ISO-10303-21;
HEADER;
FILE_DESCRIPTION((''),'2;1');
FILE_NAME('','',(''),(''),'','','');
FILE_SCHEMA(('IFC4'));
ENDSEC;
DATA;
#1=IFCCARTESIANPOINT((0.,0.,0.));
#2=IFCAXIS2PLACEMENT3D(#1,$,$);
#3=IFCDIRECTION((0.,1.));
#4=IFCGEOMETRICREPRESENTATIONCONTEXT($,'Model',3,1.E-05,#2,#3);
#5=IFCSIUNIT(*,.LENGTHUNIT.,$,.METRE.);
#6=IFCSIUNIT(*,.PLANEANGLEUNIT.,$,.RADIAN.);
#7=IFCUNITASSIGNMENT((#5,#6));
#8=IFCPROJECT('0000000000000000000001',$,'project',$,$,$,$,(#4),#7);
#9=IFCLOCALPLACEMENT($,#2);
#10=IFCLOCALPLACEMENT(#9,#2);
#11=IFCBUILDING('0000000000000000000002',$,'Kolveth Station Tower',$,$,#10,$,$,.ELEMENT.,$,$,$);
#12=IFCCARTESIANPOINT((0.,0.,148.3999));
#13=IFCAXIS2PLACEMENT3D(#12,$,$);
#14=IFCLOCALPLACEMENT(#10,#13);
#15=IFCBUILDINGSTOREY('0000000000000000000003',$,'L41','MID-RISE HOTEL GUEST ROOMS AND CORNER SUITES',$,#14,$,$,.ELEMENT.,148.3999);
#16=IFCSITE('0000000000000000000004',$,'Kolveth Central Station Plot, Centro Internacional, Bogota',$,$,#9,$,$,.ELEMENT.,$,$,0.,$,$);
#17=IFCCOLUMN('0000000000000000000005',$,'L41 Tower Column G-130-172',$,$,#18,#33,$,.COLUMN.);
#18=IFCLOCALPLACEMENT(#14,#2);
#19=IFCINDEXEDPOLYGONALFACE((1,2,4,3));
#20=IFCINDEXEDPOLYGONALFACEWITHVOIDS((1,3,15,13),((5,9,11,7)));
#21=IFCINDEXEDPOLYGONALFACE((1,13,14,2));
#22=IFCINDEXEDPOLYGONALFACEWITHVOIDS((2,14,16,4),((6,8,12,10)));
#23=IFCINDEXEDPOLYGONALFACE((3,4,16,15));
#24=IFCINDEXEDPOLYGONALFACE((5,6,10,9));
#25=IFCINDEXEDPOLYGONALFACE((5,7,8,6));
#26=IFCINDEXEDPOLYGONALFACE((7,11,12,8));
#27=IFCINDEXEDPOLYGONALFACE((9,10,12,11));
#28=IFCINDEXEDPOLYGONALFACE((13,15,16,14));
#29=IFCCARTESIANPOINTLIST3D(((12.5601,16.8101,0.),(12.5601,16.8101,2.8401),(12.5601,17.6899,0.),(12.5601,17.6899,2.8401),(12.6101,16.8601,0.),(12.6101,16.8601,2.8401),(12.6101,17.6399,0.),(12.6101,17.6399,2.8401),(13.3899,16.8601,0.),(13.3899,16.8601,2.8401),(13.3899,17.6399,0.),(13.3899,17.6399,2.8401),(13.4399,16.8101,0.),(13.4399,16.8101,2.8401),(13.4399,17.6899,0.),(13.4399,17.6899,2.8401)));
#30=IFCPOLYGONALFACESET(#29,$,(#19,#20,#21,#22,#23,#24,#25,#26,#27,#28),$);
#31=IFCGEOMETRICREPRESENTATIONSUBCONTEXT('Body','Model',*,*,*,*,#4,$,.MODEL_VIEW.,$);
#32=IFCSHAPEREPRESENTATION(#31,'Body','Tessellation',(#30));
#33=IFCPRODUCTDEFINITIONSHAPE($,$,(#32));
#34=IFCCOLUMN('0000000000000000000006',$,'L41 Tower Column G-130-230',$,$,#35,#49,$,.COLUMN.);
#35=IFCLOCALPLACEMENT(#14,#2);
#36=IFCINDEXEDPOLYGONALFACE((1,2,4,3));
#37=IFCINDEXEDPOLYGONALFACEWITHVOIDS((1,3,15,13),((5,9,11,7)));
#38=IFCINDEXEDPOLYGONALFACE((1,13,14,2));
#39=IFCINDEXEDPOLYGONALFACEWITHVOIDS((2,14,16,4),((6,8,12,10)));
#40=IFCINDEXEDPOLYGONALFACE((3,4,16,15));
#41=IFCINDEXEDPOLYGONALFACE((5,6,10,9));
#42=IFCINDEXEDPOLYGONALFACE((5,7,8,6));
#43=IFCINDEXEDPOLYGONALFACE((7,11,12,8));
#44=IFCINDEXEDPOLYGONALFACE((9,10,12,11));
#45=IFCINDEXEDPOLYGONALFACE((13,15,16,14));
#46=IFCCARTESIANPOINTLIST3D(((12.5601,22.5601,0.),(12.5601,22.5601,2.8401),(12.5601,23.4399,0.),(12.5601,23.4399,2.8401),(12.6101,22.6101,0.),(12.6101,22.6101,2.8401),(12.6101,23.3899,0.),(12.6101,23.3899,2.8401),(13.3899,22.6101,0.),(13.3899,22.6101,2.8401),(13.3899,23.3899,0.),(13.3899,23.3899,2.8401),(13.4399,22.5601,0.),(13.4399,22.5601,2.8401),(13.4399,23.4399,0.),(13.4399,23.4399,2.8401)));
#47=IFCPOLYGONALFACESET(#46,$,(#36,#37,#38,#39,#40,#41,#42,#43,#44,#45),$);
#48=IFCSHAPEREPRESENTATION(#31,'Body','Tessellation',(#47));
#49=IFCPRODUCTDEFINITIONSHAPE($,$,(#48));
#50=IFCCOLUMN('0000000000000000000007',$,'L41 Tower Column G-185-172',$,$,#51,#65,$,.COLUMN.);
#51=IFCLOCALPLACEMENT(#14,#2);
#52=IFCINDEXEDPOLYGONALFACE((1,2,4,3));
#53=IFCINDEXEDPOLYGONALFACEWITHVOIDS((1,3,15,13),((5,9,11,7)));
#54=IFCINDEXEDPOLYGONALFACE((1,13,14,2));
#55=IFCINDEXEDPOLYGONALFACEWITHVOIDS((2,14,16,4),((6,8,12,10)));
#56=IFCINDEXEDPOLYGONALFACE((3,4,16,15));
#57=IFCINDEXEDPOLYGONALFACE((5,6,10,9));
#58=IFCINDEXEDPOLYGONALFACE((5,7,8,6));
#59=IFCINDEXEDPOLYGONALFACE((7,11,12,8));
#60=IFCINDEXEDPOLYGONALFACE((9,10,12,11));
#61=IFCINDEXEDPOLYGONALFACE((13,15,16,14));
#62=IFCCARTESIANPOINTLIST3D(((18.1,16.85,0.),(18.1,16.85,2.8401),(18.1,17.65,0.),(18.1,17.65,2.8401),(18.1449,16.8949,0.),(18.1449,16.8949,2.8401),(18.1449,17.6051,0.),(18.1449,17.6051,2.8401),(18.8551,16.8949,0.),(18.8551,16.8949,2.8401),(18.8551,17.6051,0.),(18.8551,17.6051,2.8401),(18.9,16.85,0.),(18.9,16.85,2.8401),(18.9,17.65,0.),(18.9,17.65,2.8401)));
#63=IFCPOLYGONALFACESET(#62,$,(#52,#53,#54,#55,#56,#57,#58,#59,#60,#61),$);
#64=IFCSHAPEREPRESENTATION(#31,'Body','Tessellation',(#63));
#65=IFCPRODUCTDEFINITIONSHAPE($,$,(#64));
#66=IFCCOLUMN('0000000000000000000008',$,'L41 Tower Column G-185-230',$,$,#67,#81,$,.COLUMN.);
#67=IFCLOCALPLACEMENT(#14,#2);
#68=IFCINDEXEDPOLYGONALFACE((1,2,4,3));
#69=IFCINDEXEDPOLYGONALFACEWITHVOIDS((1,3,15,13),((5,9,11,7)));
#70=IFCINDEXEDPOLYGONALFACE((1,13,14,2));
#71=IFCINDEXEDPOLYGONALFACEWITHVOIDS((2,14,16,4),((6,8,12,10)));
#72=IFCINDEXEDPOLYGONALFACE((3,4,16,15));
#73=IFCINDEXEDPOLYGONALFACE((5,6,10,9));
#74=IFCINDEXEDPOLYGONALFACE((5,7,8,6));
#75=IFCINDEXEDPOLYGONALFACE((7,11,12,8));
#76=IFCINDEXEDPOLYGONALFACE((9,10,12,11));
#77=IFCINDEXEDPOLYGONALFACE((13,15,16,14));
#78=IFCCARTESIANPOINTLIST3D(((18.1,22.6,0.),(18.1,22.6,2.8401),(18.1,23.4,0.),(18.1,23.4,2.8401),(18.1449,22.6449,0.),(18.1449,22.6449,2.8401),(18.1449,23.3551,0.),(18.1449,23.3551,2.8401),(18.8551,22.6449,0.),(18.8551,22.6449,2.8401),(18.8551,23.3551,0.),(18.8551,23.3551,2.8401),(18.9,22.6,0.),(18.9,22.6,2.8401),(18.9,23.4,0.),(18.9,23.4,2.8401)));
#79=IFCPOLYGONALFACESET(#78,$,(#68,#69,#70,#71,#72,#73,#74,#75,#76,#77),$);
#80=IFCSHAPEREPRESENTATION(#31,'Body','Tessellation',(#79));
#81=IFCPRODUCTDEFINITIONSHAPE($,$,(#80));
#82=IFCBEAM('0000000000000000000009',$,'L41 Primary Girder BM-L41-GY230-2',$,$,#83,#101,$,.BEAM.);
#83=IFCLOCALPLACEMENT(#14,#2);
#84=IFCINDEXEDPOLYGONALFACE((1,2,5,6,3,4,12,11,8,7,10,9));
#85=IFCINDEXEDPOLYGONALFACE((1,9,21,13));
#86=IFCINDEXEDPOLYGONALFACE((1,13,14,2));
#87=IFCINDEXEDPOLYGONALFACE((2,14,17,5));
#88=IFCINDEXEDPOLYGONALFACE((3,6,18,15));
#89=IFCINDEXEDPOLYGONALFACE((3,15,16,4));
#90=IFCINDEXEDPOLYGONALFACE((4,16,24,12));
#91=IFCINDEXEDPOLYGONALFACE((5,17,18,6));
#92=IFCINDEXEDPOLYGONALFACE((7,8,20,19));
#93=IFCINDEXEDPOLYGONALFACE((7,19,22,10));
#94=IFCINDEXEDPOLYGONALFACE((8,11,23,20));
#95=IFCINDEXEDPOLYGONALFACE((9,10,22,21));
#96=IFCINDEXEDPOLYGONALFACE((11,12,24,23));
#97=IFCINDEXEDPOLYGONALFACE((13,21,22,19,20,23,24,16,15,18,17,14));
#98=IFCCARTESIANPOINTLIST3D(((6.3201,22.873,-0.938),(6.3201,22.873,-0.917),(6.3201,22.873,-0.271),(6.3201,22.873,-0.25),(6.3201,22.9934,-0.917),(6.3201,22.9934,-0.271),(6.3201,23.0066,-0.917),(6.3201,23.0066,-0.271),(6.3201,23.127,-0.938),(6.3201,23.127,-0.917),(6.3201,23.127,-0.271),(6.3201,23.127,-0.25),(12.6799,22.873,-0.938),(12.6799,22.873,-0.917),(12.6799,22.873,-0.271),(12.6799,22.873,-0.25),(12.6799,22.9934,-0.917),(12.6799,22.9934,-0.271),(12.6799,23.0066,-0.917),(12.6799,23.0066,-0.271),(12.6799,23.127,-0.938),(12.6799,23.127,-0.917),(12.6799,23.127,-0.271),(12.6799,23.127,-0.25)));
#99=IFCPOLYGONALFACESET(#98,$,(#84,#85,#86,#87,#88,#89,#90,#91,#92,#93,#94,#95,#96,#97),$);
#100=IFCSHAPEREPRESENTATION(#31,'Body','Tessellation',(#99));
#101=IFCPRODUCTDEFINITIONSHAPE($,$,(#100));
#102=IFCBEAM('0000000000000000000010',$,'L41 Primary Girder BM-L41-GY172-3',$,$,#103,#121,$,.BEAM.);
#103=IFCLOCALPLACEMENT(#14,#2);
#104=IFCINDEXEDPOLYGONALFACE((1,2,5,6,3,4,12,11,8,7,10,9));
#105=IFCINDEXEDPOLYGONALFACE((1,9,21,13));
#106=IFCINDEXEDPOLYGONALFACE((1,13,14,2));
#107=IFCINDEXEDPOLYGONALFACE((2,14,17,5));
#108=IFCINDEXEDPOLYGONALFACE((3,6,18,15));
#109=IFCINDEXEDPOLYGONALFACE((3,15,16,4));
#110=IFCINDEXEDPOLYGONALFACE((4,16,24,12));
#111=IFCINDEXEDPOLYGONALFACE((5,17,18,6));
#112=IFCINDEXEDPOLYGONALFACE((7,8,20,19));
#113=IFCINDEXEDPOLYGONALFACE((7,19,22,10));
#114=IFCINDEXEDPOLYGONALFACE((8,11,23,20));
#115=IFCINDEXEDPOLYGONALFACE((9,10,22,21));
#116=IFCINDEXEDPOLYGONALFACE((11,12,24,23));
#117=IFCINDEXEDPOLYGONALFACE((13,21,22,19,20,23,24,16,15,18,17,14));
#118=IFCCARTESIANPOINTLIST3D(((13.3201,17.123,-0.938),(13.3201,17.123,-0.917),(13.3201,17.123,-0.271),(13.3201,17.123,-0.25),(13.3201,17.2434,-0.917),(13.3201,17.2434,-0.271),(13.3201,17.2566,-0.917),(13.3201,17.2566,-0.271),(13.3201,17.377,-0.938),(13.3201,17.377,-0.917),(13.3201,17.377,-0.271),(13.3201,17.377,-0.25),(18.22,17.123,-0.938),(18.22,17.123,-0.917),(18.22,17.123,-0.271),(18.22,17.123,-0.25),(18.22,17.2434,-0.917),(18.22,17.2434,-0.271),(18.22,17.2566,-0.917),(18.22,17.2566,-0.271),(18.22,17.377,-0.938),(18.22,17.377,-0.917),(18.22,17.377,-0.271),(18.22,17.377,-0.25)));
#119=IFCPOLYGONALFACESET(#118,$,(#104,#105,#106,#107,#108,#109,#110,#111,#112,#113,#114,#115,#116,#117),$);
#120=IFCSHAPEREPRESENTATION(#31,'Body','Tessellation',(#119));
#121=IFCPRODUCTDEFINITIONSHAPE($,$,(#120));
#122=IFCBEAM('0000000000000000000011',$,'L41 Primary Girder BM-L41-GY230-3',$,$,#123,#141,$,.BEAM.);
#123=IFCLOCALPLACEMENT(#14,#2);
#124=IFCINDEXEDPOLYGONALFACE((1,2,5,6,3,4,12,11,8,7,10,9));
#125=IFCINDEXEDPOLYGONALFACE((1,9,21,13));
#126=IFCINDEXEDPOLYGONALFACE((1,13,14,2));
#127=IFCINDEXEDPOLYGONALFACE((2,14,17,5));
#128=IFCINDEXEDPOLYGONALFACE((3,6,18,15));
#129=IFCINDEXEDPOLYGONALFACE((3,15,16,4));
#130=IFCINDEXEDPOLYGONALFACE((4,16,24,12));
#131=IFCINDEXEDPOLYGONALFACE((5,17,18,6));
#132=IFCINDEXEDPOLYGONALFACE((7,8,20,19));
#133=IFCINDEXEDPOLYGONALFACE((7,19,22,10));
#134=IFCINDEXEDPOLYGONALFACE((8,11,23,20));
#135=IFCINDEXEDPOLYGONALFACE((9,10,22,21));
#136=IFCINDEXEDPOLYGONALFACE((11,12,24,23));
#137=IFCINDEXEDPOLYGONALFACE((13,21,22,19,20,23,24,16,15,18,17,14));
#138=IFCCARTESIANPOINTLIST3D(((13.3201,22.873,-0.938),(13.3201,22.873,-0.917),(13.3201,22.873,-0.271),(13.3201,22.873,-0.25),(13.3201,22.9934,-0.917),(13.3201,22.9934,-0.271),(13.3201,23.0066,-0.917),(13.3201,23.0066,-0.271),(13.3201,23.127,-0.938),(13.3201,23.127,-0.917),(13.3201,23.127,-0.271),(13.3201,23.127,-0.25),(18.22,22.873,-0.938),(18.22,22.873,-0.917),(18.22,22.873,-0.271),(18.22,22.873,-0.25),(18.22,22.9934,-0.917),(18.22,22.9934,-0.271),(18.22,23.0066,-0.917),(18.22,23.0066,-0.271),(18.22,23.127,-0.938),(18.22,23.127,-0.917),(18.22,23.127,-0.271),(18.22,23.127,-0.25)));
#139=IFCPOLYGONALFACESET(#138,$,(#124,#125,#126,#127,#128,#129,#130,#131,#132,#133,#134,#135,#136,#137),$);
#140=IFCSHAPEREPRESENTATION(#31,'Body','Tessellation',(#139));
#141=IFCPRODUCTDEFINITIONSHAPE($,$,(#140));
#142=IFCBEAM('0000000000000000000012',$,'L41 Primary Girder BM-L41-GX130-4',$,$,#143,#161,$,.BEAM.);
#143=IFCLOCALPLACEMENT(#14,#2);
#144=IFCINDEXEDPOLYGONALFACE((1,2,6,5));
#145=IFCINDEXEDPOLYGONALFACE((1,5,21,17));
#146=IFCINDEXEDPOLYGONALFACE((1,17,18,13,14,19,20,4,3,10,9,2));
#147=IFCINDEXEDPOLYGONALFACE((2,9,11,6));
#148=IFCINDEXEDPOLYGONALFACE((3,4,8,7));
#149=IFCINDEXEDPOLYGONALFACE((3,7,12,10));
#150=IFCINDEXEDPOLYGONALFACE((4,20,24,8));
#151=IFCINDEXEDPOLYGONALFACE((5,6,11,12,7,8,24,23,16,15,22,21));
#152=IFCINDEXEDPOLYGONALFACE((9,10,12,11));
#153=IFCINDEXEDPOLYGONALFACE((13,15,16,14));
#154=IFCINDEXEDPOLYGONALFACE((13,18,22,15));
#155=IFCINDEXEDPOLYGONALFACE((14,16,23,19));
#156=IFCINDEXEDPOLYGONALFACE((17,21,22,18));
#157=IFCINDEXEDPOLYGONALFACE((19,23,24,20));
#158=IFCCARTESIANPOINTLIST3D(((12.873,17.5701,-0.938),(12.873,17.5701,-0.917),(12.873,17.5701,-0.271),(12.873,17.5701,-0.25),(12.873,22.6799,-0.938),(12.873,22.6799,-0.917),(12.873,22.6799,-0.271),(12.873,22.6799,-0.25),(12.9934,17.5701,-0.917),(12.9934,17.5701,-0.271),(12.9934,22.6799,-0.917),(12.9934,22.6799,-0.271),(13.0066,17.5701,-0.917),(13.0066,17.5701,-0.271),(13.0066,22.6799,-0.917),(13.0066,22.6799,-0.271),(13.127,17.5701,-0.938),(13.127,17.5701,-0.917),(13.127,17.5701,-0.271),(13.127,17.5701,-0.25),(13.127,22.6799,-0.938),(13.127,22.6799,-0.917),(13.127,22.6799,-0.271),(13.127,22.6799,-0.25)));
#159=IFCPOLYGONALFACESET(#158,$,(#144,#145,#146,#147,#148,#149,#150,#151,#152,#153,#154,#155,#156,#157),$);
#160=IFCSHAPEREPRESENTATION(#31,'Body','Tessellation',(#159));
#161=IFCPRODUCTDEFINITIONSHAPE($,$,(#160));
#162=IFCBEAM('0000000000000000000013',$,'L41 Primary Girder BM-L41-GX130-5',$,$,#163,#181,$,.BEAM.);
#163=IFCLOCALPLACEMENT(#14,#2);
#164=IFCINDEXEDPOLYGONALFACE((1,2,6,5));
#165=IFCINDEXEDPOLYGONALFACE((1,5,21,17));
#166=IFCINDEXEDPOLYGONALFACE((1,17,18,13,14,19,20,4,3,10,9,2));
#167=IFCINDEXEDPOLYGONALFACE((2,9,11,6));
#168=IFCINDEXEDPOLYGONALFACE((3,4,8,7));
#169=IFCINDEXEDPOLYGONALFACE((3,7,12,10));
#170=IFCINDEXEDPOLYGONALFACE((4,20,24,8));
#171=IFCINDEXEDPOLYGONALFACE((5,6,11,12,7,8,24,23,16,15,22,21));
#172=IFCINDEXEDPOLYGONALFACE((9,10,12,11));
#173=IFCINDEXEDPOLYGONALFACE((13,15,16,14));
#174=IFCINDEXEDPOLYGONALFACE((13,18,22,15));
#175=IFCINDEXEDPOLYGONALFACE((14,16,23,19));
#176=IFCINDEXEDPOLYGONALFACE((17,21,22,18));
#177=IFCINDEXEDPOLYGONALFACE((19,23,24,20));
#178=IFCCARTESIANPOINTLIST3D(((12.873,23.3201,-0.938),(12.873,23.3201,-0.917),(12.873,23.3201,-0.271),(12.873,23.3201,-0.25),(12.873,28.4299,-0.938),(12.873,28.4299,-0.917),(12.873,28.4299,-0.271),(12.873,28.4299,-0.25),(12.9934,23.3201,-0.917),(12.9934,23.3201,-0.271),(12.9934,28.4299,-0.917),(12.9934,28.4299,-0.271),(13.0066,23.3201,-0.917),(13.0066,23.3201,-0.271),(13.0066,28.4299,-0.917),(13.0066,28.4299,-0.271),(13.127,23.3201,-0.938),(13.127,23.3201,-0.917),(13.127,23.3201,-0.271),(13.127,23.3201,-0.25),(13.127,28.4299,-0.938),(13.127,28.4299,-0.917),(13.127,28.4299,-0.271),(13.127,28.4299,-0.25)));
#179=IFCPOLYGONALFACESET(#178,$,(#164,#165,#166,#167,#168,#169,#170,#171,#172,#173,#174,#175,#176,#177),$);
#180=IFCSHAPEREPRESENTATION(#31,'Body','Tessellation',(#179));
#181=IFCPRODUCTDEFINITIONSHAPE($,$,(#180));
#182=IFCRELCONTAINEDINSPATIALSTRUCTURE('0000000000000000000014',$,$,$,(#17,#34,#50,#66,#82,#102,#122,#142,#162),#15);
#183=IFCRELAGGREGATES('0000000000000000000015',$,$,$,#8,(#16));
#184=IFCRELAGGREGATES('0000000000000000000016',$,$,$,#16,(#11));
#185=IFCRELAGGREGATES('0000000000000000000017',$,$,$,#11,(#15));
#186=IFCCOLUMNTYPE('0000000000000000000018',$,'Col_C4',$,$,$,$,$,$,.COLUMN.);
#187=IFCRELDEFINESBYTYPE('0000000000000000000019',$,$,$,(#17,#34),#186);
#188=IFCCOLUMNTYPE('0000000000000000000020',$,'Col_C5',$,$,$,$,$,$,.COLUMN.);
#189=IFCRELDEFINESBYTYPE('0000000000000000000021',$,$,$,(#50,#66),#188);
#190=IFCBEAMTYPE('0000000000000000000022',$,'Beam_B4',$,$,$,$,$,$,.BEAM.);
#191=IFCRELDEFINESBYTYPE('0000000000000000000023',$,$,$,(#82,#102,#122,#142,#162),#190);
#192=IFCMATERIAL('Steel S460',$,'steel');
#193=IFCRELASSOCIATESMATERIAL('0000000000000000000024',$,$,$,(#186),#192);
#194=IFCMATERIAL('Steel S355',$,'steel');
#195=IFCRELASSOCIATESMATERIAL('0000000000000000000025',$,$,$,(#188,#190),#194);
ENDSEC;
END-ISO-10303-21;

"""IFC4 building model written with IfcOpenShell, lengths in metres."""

from ifc_helpers import new_model, si_unit, direction, frame, origin, origin_2d, place, context, subcontext, project, spatial, hollow_rectangle, i_section, extrude, source, transform, mapped, material, material_profile, profile_set, type_object, element, save


model = new_model("IFC4")

# Units and contexts
model_context = context("Model", 3, precision=1e-05, world=origin(), true_north=direction((0.0, 1.0)))
body_context = subcontext(model_context, "Body", "Model", "MODEL_VIEW")
ifc_project = project(units=[si_unit("LENGTHUNIT", "METRE"), si_unit("PLANEANGLEUNIT", "RADIAN")], contexts=[model_context])

# Site, building, storey
site_placement = place(None, origin())
site = spatial("IfcSite", under=ifc_project, at=site_placement, Name="Kolveth Central Station Plot, Centro Internacional, Bogota", CompositionType="ELEMENT", RefElevation=0.0)
building_placement = place(site_placement, origin())
building = spatial("IfcBuilding", under=site, at=building_placement, Name="Kolveth Station Tower", CompositionType="ELEMENT")
storey_placement = place(building_placement, frame((0.0, 0.0, 148.3999)))
storey = spatial("IfcBuildingStorey", under=building, at=storey_placement, Name="L41", Description="MID-RISE HOTEL GUEST ROOMS AND CORNER SUITES", CompositionType="ELEMENT", Elevation=148.3999)

# Columns
ifc_material_1 = material(Name="Steel S460", Category="steel")
ifc_material_profile_1 = material_profile(ifc_material_1, hollow_rectangle(XDim=0.8799, YDim=0.8799, WallThickness=0.05, at=origin_2d()), Name="BOX880x880x50")
ifc_profile_set_1 = profile_set([ifc_material_profile_1], Name="Steel S460")
column_type_1 = type_object("IfcColumnType", Name="Col_C4", PredefinedType="COLUMN", material=ifc_profile_set_1)
shared_shape_1 = source(origin(), body_context, "Body", "SweptSolid", [
    extrude(hollow_rectangle(XDim=0.8799, YDim=0.8799, WallThickness=0.05, at=origin_2d()), origin(), (0.0, 0.0, 1.0), 2.8401),
])
for number, where, z_axis, x_axis, name in (
    (1, (13.0, 17.25, 0.0), (0.0, 0.0, 1.0), (1.0, 0.0, 0.0), "L41 Tower Column G-130-172"),
    (2, (13.0, 23.0, 0.0), (0.0, 0.0, 1.0), (1.0, 0.0, 0.0), "L41 Tower Column G-130-230"),
):
    element("IfcColumn", number, at=place(storey_placement, frame(where, z_axis=z_axis, x_axis=x_axis)), inside=storey, type_object=column_type_1, Name=name, PredefinedType="COLUMN", context=body_context, shape_type="MappedRepresentation", body=[
        mapped(shared_shape_1, transform((0.0, 0.0, 0.0), x_axis=(1.0, 0.0, 0.0), y_axis=(0.0, 1.0, 0.0), z_axis=(0.0, 0.0, 1.0), scale=1.0)),
    ])
ifc_material_2 = material(Name="Steel S355", Category="steel")
ifc_material_profile_2 = material_profile(ifc_material_2, hollow_rectangle(XDim=0.8, YDim=0.8, WallThickness=0.0449, at=origin_2d()), Name="BOX800x800x45")
ifc_profile_set_2 = profile_set([ifc_material_profile_2], Name="Steel S355")
column_type_2 = type_object("IfcColumnType", Name="Col_C5", PredefinedType="COLUMN", material=ifc_profile_set_2)
shared_shape_2 = source(origin(), body_context, "Body", "SweptSolid", [
    extrude(hollow_rectangle(XDim=0.8, YDim=0.8, WallThickness=0.0449, at=origin_2d()), origin(), (0.0, 0.0, 1.0), 2.8401),
])
for number, where, z_axis, x_axis, name in (
    (3, (18.5, 17.25, 0.0), (0.0, 0.0, 1.0), (1.0, 0.0, 0.0), "L41 Tower Column G-185-172"),
    (4, (18.5, 23.0, 0.0), (0.0, 0.0, 1.0), (1.0, 0.0, 0.0), "L41 Tower Column G-185-230"),
):
    element("IfcColumn", number, at=place(storey_placement, frame(where, z_axis=z_axis, x_axis=x_axis)), inside=storey, type_object=column_type_2, Name=name, PredefinedType="COLUMN", context=body_context, shape_type="MappedRepresentation", body=[
        mapped(shared_shape_2, transform((0.0, 0.0, 0.0), x_axis=(1.0, 0.0, 0.0), y_axis=(0.0, 1.0, 0.0), z_axis=(0.0, 0.0, 1.0), scale=1.0)),
    ])

# Beams
ifc_material_profile_3 = material_profile(ifc_material_2, i_section(OverallWidth=0.2539, OverallDepth=0.688, WebThickness=0.0132, FlangeThickness=0.021, at=origin_2d()), Name="W690x152")
ifc_profile_set_3 = profile_set([ifc_material_profile_3], Name="Steel S355")
beam_type_1 = type_object("IfcBeamType", Name="Beam_B4", PredefinedType="BEAM", material=ifc_profile_set_3)
shared_shape_3 = source(origin(), body_context, "Body", "SweptSolid", [
    extrude(i_section(OverallWidth=0.2539, OverallDepth=0.688, WebThickness=0.0132, FlangeThickness=0.021, at=origin_2d()), origin(), (0.0, 0.0, 1.0), 6.3599),
])
beam_1_placement = place(storey_placement, frame((6.3201, 23.0, -0.594), z_axis=(1.0, 0.0, 0.0), x_axis=(0.0, 1.0, 0.0)))
element("IfcBeam", 5, at=beam_1_placement, inside=storey, type_object=beam_type_1, Name="L41 Primary Girder BM-L41-GY230-2", PredefinedType="BEAM", context=body_context, shape_type="MappedRepresentation", body=[
    mapped(shared_shape_3, transform((0.0, 0.0, 0.0), x_axis=(1.0, 0.0, 0.0), y_axis=(0.0, 1.0, 0.0), z_axis=(0.0, 0.0, 1.0), scale=1.0)),
])
shared_shape_4 = source(origin(), body_context, "Body", "SweptSolid", [
    extrude(i_section(OverallWidth=0.2539, OverallDepth=0.688, WebThickness=0.0132, FlangeThickness=0.021, at=origin_2d()), origin(), (0.0, 0.0, 1.0), 4.8999),
])
for number, where, z_axis, x_axis, name in (
    (6, (13.3201, 17.25, -0.594), (1.0, 0.0, 0.0), (0.0, 1.0, 0.0), "L41 Primary Girder BM-L41-GY172-3"),
    (7, (13.3201, 23.0, -0.594), (1.0, 0.0, 0.0), (0.0, 1.0, 0.0), "L41 Primary Girder BM-L41-GY230-3"),
):
    element("IfcBeam", number, at=place(storey_placement, frame(where, z_axis=z_axis, x_axis=x_axis)), inside=storey, type_object=beam_type_1, Name=name, PredefinedType="BEAM", context=body_context, shape_type="MappedRepresentation", body=[
        mapped(shared_shape_4, transform((0.0, 0.0, 0.0), x_axis=(1.0, 0.0, 0.0), y_axis=(0.0, 1.0, 0.0), z_axis=(0.0, 0.0, 1.0), scale=1.0)),
    ])
shared_shape_5 = source(origin(), body_context, "Body", "SweptSolid", [
    extrude(i_section(OverallWidth=0.2539, OverallDepth=0.688, WebThickness=0.0132, FlangeThickness=0.021, at=origin_2d()), origin(), (0.0, 0.0, 1.0), 5.1099),
])
for number, where, z_axis, x_axis, name in (
    (8, (13.0, 17.5701, -0.594), (0.0, 1.0, 0.0), (-1.0, 0.0, 0.0), "L41 Primary Girder BM-L41-GX130-4"),
    (9, (13.0, 23.3201, -0.594), (0.0, 1.0, 0.0), (-1.0, 0.0, 0.0), "L41 Primary Girder BM-L41-GX130-5"),
):
    element("IfcBeam", number, at=place(storey_placement, frame(where, z_axis=z_axis, x_axis=x_axis)), inside=storey, type_object=beam_type_1, Name=name, PredefinedType="BEAM", context=body_context, shape_type="MappedRepresentation", body=[
        mapped(shared_shape_5, transform((0.0, 0.0, 0.0), x_axis=(1.0, 0.0, 0.0), y_axis=(0.0, 1.0, 0.0), z_axis=(0.0, 0.0, 1.0), scale=1.0)),
    ])

save(model, "model.ifc")
